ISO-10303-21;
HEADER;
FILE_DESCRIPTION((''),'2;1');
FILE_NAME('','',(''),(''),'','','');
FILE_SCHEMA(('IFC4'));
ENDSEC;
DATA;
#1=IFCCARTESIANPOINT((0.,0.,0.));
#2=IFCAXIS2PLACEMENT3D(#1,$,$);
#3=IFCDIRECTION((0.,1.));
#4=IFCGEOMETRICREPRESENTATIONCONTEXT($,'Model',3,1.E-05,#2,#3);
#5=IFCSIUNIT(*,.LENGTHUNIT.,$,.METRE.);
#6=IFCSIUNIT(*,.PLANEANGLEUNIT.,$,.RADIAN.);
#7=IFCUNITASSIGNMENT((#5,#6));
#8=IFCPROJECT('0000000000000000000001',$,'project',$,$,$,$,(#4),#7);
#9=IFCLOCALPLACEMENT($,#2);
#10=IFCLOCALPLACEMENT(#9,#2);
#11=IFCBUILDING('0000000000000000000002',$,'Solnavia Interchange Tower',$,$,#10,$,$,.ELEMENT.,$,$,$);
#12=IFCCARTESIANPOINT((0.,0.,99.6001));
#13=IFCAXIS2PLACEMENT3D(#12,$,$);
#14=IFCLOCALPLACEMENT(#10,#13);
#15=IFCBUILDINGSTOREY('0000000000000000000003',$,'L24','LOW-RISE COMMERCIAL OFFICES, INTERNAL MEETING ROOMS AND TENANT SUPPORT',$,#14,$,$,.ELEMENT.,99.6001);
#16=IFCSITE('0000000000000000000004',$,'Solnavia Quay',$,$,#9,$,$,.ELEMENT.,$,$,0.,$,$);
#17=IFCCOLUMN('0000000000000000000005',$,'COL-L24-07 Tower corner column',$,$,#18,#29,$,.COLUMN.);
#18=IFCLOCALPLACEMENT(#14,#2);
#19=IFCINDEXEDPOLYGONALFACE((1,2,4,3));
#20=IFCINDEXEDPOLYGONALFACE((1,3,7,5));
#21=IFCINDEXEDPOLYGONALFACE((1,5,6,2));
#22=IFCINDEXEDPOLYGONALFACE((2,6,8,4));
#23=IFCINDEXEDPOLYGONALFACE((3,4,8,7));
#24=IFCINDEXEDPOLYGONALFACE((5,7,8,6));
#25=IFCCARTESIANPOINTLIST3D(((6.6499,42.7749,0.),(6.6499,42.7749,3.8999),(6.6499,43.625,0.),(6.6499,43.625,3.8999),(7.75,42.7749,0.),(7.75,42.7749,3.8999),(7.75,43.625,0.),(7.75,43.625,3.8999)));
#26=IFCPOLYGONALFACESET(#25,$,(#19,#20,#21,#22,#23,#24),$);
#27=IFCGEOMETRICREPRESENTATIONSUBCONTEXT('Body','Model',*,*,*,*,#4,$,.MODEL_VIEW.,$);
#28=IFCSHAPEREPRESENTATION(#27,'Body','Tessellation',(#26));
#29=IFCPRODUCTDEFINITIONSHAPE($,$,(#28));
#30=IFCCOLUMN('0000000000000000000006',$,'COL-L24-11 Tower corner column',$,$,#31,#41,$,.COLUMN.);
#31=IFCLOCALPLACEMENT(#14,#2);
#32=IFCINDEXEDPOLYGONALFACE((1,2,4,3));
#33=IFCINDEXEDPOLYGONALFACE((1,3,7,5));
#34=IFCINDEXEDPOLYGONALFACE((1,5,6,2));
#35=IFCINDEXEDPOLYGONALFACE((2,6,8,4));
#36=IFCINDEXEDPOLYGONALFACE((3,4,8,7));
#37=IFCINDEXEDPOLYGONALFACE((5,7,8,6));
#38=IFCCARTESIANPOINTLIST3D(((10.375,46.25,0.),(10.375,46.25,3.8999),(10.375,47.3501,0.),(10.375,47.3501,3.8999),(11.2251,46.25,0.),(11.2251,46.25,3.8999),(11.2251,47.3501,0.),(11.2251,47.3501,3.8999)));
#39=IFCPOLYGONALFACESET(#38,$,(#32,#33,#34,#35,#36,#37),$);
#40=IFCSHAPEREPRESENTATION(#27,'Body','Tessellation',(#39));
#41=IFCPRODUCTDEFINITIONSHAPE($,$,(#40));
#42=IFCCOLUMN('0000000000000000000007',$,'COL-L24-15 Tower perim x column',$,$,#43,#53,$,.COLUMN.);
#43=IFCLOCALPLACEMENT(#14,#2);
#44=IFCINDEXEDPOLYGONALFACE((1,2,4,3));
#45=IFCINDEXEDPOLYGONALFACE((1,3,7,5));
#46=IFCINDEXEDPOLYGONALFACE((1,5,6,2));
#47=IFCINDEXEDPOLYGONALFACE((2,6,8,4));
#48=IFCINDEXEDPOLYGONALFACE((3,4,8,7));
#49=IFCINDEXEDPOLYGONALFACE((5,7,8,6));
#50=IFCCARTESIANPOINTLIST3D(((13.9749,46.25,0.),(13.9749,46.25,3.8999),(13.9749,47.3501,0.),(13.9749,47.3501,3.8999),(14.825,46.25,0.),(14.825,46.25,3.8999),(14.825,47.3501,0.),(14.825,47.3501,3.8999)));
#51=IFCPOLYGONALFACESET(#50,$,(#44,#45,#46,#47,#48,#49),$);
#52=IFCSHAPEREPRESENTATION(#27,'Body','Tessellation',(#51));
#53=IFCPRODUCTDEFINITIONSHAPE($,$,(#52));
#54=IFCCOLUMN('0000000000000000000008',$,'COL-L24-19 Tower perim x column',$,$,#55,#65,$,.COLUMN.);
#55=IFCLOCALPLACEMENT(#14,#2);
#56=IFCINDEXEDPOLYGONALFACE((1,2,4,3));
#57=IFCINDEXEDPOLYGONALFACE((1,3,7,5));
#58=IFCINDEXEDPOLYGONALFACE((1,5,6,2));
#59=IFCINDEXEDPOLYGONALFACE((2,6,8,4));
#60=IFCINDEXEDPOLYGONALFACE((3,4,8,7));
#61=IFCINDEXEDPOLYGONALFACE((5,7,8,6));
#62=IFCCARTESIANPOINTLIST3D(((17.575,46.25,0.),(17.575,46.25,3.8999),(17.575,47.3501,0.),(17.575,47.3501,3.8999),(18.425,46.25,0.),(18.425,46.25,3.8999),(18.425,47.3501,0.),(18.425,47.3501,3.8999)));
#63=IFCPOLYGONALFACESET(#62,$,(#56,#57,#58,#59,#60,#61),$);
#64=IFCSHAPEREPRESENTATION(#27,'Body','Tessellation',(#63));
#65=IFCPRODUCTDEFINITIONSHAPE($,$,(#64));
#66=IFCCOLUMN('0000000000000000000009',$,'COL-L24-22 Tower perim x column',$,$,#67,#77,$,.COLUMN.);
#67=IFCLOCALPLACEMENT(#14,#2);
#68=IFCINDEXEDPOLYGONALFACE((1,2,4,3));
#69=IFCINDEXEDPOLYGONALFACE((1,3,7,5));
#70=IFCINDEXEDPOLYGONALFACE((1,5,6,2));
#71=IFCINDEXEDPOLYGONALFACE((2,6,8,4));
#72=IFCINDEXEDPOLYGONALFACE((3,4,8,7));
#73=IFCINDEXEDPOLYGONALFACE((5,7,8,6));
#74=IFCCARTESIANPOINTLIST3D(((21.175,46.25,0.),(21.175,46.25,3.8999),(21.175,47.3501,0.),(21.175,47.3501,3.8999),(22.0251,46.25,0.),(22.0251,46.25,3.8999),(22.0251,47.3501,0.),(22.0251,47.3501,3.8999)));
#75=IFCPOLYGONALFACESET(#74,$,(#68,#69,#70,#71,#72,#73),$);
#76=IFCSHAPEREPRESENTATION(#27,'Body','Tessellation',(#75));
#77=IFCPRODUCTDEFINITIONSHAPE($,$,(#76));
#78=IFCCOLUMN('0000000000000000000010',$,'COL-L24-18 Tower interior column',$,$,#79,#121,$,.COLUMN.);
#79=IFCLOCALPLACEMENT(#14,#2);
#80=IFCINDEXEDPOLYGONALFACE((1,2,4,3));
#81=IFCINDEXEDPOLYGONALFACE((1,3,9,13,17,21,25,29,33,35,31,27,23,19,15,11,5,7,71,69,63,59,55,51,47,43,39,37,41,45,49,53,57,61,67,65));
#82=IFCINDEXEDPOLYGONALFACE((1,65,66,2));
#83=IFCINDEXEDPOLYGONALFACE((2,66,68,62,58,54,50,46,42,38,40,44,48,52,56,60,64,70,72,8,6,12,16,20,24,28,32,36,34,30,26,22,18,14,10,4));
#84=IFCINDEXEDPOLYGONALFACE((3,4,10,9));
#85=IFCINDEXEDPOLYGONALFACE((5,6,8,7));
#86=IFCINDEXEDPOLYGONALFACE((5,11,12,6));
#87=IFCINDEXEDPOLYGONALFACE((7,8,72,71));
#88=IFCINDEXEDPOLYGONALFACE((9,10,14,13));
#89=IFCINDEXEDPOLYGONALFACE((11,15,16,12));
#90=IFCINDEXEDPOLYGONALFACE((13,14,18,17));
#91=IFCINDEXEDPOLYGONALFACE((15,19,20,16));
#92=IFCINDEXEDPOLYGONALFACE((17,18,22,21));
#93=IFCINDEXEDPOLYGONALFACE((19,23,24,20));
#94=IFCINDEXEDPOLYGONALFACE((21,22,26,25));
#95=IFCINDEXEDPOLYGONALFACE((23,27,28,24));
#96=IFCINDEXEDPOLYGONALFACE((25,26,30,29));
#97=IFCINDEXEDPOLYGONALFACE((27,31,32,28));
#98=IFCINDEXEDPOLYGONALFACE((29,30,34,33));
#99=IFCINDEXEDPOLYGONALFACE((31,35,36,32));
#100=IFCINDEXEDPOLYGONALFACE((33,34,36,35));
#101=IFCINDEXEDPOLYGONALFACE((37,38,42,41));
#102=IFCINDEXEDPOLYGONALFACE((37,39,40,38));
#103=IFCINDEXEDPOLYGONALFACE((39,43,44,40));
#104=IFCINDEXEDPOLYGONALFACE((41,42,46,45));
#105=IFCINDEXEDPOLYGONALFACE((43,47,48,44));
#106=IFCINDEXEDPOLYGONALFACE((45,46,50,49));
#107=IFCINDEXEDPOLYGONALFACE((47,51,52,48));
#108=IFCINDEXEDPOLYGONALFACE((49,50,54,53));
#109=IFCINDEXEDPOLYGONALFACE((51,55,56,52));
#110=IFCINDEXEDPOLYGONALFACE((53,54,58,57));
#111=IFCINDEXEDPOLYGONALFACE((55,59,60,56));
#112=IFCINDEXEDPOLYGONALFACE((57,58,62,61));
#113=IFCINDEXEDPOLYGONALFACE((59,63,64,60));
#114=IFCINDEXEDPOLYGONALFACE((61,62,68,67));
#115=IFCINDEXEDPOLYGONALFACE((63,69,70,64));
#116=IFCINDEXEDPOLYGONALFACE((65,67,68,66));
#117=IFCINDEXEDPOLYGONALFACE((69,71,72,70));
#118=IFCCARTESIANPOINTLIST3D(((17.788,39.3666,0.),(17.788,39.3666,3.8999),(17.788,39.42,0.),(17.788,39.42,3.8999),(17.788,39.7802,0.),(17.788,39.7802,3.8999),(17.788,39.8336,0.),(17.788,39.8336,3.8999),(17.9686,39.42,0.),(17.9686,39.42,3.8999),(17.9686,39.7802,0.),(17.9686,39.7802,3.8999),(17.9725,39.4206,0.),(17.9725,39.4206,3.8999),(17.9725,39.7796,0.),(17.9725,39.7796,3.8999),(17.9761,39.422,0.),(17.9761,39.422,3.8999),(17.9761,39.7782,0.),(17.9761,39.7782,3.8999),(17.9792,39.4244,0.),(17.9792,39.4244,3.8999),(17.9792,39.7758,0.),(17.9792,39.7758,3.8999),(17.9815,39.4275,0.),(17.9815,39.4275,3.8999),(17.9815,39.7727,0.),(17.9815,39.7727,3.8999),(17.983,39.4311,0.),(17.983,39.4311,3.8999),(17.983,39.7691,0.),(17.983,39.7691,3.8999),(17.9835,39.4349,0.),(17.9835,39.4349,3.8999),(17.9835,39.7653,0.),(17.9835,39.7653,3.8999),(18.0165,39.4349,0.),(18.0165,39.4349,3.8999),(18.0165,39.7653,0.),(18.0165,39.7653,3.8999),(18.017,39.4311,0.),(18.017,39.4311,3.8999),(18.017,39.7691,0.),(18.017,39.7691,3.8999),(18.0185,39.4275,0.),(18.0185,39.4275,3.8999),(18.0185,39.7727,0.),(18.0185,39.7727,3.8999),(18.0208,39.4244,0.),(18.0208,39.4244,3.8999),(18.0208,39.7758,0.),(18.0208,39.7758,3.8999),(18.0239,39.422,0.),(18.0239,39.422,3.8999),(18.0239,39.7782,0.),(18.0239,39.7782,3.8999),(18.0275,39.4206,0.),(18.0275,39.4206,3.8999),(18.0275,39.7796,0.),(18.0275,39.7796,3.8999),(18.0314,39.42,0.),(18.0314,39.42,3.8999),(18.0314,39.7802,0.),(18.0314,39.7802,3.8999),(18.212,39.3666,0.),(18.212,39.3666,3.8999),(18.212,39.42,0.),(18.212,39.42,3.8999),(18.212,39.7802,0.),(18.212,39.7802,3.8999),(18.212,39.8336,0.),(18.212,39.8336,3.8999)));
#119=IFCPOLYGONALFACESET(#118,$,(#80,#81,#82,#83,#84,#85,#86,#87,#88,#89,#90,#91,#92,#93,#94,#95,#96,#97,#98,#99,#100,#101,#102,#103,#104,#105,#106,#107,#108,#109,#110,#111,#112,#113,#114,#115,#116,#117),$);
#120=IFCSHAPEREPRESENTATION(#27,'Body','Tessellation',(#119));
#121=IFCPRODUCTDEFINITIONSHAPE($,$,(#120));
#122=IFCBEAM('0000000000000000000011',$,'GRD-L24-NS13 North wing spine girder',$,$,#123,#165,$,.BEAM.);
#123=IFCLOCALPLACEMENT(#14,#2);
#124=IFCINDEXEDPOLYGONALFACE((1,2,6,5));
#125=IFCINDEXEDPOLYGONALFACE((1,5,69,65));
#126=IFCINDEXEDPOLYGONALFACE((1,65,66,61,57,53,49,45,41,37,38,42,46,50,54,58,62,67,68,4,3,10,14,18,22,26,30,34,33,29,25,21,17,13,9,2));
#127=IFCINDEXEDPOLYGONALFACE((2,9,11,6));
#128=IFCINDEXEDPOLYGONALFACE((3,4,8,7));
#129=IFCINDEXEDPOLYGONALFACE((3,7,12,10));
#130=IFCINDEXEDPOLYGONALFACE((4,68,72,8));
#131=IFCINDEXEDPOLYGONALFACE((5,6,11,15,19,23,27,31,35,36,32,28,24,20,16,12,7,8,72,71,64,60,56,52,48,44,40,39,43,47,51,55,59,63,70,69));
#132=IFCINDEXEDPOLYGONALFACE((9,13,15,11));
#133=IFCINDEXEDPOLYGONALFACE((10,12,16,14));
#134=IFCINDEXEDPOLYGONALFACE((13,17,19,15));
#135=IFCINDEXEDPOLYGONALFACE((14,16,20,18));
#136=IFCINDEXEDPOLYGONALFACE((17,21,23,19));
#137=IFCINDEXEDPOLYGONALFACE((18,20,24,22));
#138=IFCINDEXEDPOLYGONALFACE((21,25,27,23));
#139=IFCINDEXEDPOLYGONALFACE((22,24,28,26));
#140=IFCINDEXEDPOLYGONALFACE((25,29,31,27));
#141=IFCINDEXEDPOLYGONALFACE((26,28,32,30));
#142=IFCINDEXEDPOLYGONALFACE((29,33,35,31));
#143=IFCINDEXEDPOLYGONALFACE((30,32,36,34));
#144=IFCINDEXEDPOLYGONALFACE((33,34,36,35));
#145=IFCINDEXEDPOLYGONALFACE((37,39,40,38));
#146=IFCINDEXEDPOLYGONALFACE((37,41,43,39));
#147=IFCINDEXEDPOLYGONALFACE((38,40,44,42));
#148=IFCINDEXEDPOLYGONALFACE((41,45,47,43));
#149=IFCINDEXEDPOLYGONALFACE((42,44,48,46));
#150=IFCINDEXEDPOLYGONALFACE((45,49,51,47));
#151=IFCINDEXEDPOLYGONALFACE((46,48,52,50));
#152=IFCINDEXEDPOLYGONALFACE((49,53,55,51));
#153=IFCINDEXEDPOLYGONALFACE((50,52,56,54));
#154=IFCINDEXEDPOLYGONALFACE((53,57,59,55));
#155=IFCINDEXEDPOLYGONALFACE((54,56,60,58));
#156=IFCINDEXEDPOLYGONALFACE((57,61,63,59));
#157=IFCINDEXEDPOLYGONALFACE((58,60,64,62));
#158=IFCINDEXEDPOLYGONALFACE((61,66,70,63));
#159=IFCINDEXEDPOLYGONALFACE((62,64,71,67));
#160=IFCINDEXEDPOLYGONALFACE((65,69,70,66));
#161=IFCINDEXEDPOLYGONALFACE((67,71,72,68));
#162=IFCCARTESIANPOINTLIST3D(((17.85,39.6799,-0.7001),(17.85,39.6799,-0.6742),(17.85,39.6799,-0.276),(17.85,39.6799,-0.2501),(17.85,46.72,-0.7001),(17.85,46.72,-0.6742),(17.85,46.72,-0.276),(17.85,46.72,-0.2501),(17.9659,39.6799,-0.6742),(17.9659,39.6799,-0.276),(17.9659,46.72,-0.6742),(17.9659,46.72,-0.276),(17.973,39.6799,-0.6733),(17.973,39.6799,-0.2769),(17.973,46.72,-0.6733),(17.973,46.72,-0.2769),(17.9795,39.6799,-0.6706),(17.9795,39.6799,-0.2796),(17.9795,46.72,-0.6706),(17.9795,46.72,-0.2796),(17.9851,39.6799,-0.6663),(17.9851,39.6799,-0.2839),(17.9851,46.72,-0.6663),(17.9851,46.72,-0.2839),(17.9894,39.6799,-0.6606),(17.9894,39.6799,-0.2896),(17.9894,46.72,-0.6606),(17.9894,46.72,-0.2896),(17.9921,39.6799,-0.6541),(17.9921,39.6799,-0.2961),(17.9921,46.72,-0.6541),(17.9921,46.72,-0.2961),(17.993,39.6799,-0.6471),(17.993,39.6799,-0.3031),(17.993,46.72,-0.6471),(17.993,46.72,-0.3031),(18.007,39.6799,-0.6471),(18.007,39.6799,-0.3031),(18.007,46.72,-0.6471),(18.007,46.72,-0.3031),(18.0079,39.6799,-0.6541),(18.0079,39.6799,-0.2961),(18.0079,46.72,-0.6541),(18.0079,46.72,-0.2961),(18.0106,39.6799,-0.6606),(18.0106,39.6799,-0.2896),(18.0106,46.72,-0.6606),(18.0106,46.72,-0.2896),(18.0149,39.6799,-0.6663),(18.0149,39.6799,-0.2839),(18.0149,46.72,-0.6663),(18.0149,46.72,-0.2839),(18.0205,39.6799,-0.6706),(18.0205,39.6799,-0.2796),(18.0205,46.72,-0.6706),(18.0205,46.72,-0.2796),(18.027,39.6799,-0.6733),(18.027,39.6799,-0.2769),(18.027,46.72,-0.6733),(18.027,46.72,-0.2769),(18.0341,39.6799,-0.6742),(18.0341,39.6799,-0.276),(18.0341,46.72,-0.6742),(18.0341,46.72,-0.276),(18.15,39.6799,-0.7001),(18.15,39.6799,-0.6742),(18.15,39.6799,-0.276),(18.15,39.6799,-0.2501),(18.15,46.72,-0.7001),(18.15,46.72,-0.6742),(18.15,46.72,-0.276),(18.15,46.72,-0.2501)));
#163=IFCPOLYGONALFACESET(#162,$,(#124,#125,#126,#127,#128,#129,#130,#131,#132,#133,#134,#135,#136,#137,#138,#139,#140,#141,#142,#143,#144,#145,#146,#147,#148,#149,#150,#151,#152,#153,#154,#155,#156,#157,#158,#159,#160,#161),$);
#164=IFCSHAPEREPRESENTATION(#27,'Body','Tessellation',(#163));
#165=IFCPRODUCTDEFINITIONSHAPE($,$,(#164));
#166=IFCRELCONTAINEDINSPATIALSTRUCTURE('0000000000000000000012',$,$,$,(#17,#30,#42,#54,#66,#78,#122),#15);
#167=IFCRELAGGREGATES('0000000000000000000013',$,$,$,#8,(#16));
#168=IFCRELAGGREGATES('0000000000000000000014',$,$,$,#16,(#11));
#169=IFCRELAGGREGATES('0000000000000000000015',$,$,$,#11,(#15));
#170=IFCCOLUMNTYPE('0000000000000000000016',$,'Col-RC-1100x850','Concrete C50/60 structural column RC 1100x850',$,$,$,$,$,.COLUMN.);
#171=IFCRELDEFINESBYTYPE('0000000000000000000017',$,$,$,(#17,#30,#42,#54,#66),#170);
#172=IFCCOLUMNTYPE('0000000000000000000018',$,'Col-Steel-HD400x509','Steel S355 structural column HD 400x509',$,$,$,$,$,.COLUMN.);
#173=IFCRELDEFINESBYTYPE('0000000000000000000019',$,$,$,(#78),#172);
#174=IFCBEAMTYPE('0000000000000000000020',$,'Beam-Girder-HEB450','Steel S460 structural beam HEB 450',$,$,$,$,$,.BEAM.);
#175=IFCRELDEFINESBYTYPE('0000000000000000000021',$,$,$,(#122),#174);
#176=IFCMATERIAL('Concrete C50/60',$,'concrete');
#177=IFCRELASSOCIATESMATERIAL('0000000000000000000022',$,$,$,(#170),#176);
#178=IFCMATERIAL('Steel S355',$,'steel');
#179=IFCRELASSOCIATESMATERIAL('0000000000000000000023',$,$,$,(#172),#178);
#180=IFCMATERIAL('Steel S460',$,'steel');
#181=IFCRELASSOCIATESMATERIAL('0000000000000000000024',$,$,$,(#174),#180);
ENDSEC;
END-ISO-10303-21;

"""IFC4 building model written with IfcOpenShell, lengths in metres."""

from ifc_helpers import new_model, si_unit, direction, frame, origin, origin_2d, place, context, subcontext, project, spatial, rectangle, i_section, extrude, material, material_profile, profile_set, type_object, element, save


model = new_model("IFC4")

# Units and contexts
model_context = context("Model", 3, precision=1e-05, world=origin(), true_north=direction((0.0, 1.0)))
body_context = subcontext(model_context, "Body", "Model", "MODEL_VIEW")
ifc_project = project(units=[si_unit("LENGTHUNIT", "METRE"), si_unit("PLANEANGLEUNIT", "RADIAN")], contexts=[model_context])

# Site, building, storey
site_placement = place(None, origin())
site = spatial("IfcSite", under=ifc_project, at=site_placement, Name="Solnavia Quay", CompositionType="ELEMENT", RefElevation=0.0)
building_placement = place(site_placement, origin())
building = spatial("IfcBuilding", under=site, at=building_placement, Name="Solnavia Interchange Tower", CompositionType="ELEMENT")
storey_placement = place(building_placement, frame((0.0, 0.0, 99.6001)))
storey = spatial("IfcBuildingStorey", under=building, at=storey_placement, Name="L24", Description="LOW-RISE COMMERCIAL OFFICES, INTERNAL MEETING ROOMS AND TENANT SUPPORT", CompositionType="ELEMENT", Elevation=99.6001)

# Columns
ifc_material_1 = material(Name="Concrete C50/60", Category="concrete")
ifc_material_profile_1 = material_profile(ifc_material_1, rectangle(XDim=0.8501, YDim=1.1001, at=origin_2d()), Name="RC 1100x850")
ifc_profile_set_1 = profile_set([ifc_material_profile_1], Name="Concrete C50/60")
column_type_1 = type_object("IfcColumnType", Name="Col-RC-1100x850", Description="Concrete C50/60 structural column RC 1100x850", PredefinedType="COLUMN", material=ifc_profile_set_1)
for number, where, z_axis, x_axis, name in (
    (1, (7.2, 43.2, 0.0), (0.0, 0.0, 1.0), (0.0, 1.0, 0.0), "COL-L24-07 Tower corner column"),
    (2, (10.8, 46.8, 0.0), (0.0, 0.0, 1.0), (1.0, 0.0, 0.0), "COL-L24-11 Tower corner column"),
    (3, (14.3999, 46.8, 0.0), (0.0, 0.0, 1.0), (1.0, 0.0, 0.0), "COL-L24-15 Tower perim x column"),
    (4, (18.0, 46.8, 0.0), (0.0, 0.0, 1.0), (1.0, 0.0, 0.0), "COL-L24-19 Tower perim x column"),
    (5, (21.6001, 46.8, 0.0), (0.0, 0.0, 1.0), (1.0, 0.0, 0.0), "COL-L24-22 Tower perim x column"),
):
    element("IfcColumn", number, at=place(storey_placement, frame(where, z_axis=z_axis, x_axis=x_axis)), inside=storey, type_object=column_type_1, Name=name, PredefinedType="COLUMN", context=body_context, shape_type="SweptSolid", body=[
        extrude(rectangle(XDim=0.8501, YDim=1.1001, at=origin_2d()), origin(), (0.0, 0.0, 1.0), 3.8999),
    ])
ifc_material_2 = material(Name="Steel S355", Category="steel")
ifc_material_profile_2 = material_profile(ifc_material_2, i_section(OverallWidth=0.4241, OverallDepth=0.467, WebThickness=0.033, FlangeThickness=0.0535, FilletRadius=0.0149, at=origin_2d()), Name="HD 400x509")
ifc_profile_set_2 = profile_set([ifc_material_profile_2], Name="Steel S355")
column_type_2 = type_object("IfcColumnType", Name="Col-Steel-HD400x509", Description="Steel S355 structural column HD 400x509", PredefinedType="COLUMN", material=ifc_profile_set_2)
column_placement = place(storey_placement, frame((18.0, 39.6001, 0.0), z_axis=(0.0, 0.0, 1.0), x_axis=(1.0, 0.0, 0.0)))
element("IfcColumn", 6, at=column_placement, inside=storey, type_object=column_type_2, Name="COL-L24-18 Tower interior column", PredefinedType="COLUMN", context=body_context, shape_type="SweptSolid", body=[
    extrude(i_section(OverallWidth=0.4241, OverallDepth=0.467, WebThickness=0.033, FlangeThickness=0.0535, FilletRadius=0.0149, at=origin_2d()), origin(), (0.0, 0.0, 1.0), 3.8999),
])

# Beam
ifc_material_3 = material(Name="Steel S460", Category="steel")
ifc_material_profile_3 = material_profile(ifc_material_3, i_section(OverallWidth=0.3, OverallDepth=0.45, WebThickness=0.0139, FlangeThickness=0.0259, FilletRadius=0.0271, at=origin_2d()), Name="HEB 450")
ifc_profile_set_3 = profile_set([ifc_material_profile_3], Name="Steel S460")
beam_type_1 = type_object("IfcBeamType", Name="Beam-Girder-HEB450", Description="Steel S460 structural beam HEB 450", PredefinedType="BEAM", material=ifc_profile_set_3)
beam_placement = place(storey_placement, frame((18.0, 39.6799, -0.4751), z_axis=(0.0, 1.0, 0.0), x_axis=(-1.0, 0.0, 0.0)))
element("IfcBeam", 7, at=beam_placement, inside=storey, type_object=beam_type_1, Name="GRD-L24-NS13 North wing spine girder", PredefinedType="BEAM", context=body_context, shape_type="SweptSolid", body=[
    extrude(i_section(OverallWidth=0.3, OverallDepth=0.45, WebThickness=0.0139, FlangeThickness=0.0259, FilletRadius=0.0271, at=origin_2d()), origin(), (0.0, 0.0, 1.0), 7.04),
])

save(model, "model.ifc")
